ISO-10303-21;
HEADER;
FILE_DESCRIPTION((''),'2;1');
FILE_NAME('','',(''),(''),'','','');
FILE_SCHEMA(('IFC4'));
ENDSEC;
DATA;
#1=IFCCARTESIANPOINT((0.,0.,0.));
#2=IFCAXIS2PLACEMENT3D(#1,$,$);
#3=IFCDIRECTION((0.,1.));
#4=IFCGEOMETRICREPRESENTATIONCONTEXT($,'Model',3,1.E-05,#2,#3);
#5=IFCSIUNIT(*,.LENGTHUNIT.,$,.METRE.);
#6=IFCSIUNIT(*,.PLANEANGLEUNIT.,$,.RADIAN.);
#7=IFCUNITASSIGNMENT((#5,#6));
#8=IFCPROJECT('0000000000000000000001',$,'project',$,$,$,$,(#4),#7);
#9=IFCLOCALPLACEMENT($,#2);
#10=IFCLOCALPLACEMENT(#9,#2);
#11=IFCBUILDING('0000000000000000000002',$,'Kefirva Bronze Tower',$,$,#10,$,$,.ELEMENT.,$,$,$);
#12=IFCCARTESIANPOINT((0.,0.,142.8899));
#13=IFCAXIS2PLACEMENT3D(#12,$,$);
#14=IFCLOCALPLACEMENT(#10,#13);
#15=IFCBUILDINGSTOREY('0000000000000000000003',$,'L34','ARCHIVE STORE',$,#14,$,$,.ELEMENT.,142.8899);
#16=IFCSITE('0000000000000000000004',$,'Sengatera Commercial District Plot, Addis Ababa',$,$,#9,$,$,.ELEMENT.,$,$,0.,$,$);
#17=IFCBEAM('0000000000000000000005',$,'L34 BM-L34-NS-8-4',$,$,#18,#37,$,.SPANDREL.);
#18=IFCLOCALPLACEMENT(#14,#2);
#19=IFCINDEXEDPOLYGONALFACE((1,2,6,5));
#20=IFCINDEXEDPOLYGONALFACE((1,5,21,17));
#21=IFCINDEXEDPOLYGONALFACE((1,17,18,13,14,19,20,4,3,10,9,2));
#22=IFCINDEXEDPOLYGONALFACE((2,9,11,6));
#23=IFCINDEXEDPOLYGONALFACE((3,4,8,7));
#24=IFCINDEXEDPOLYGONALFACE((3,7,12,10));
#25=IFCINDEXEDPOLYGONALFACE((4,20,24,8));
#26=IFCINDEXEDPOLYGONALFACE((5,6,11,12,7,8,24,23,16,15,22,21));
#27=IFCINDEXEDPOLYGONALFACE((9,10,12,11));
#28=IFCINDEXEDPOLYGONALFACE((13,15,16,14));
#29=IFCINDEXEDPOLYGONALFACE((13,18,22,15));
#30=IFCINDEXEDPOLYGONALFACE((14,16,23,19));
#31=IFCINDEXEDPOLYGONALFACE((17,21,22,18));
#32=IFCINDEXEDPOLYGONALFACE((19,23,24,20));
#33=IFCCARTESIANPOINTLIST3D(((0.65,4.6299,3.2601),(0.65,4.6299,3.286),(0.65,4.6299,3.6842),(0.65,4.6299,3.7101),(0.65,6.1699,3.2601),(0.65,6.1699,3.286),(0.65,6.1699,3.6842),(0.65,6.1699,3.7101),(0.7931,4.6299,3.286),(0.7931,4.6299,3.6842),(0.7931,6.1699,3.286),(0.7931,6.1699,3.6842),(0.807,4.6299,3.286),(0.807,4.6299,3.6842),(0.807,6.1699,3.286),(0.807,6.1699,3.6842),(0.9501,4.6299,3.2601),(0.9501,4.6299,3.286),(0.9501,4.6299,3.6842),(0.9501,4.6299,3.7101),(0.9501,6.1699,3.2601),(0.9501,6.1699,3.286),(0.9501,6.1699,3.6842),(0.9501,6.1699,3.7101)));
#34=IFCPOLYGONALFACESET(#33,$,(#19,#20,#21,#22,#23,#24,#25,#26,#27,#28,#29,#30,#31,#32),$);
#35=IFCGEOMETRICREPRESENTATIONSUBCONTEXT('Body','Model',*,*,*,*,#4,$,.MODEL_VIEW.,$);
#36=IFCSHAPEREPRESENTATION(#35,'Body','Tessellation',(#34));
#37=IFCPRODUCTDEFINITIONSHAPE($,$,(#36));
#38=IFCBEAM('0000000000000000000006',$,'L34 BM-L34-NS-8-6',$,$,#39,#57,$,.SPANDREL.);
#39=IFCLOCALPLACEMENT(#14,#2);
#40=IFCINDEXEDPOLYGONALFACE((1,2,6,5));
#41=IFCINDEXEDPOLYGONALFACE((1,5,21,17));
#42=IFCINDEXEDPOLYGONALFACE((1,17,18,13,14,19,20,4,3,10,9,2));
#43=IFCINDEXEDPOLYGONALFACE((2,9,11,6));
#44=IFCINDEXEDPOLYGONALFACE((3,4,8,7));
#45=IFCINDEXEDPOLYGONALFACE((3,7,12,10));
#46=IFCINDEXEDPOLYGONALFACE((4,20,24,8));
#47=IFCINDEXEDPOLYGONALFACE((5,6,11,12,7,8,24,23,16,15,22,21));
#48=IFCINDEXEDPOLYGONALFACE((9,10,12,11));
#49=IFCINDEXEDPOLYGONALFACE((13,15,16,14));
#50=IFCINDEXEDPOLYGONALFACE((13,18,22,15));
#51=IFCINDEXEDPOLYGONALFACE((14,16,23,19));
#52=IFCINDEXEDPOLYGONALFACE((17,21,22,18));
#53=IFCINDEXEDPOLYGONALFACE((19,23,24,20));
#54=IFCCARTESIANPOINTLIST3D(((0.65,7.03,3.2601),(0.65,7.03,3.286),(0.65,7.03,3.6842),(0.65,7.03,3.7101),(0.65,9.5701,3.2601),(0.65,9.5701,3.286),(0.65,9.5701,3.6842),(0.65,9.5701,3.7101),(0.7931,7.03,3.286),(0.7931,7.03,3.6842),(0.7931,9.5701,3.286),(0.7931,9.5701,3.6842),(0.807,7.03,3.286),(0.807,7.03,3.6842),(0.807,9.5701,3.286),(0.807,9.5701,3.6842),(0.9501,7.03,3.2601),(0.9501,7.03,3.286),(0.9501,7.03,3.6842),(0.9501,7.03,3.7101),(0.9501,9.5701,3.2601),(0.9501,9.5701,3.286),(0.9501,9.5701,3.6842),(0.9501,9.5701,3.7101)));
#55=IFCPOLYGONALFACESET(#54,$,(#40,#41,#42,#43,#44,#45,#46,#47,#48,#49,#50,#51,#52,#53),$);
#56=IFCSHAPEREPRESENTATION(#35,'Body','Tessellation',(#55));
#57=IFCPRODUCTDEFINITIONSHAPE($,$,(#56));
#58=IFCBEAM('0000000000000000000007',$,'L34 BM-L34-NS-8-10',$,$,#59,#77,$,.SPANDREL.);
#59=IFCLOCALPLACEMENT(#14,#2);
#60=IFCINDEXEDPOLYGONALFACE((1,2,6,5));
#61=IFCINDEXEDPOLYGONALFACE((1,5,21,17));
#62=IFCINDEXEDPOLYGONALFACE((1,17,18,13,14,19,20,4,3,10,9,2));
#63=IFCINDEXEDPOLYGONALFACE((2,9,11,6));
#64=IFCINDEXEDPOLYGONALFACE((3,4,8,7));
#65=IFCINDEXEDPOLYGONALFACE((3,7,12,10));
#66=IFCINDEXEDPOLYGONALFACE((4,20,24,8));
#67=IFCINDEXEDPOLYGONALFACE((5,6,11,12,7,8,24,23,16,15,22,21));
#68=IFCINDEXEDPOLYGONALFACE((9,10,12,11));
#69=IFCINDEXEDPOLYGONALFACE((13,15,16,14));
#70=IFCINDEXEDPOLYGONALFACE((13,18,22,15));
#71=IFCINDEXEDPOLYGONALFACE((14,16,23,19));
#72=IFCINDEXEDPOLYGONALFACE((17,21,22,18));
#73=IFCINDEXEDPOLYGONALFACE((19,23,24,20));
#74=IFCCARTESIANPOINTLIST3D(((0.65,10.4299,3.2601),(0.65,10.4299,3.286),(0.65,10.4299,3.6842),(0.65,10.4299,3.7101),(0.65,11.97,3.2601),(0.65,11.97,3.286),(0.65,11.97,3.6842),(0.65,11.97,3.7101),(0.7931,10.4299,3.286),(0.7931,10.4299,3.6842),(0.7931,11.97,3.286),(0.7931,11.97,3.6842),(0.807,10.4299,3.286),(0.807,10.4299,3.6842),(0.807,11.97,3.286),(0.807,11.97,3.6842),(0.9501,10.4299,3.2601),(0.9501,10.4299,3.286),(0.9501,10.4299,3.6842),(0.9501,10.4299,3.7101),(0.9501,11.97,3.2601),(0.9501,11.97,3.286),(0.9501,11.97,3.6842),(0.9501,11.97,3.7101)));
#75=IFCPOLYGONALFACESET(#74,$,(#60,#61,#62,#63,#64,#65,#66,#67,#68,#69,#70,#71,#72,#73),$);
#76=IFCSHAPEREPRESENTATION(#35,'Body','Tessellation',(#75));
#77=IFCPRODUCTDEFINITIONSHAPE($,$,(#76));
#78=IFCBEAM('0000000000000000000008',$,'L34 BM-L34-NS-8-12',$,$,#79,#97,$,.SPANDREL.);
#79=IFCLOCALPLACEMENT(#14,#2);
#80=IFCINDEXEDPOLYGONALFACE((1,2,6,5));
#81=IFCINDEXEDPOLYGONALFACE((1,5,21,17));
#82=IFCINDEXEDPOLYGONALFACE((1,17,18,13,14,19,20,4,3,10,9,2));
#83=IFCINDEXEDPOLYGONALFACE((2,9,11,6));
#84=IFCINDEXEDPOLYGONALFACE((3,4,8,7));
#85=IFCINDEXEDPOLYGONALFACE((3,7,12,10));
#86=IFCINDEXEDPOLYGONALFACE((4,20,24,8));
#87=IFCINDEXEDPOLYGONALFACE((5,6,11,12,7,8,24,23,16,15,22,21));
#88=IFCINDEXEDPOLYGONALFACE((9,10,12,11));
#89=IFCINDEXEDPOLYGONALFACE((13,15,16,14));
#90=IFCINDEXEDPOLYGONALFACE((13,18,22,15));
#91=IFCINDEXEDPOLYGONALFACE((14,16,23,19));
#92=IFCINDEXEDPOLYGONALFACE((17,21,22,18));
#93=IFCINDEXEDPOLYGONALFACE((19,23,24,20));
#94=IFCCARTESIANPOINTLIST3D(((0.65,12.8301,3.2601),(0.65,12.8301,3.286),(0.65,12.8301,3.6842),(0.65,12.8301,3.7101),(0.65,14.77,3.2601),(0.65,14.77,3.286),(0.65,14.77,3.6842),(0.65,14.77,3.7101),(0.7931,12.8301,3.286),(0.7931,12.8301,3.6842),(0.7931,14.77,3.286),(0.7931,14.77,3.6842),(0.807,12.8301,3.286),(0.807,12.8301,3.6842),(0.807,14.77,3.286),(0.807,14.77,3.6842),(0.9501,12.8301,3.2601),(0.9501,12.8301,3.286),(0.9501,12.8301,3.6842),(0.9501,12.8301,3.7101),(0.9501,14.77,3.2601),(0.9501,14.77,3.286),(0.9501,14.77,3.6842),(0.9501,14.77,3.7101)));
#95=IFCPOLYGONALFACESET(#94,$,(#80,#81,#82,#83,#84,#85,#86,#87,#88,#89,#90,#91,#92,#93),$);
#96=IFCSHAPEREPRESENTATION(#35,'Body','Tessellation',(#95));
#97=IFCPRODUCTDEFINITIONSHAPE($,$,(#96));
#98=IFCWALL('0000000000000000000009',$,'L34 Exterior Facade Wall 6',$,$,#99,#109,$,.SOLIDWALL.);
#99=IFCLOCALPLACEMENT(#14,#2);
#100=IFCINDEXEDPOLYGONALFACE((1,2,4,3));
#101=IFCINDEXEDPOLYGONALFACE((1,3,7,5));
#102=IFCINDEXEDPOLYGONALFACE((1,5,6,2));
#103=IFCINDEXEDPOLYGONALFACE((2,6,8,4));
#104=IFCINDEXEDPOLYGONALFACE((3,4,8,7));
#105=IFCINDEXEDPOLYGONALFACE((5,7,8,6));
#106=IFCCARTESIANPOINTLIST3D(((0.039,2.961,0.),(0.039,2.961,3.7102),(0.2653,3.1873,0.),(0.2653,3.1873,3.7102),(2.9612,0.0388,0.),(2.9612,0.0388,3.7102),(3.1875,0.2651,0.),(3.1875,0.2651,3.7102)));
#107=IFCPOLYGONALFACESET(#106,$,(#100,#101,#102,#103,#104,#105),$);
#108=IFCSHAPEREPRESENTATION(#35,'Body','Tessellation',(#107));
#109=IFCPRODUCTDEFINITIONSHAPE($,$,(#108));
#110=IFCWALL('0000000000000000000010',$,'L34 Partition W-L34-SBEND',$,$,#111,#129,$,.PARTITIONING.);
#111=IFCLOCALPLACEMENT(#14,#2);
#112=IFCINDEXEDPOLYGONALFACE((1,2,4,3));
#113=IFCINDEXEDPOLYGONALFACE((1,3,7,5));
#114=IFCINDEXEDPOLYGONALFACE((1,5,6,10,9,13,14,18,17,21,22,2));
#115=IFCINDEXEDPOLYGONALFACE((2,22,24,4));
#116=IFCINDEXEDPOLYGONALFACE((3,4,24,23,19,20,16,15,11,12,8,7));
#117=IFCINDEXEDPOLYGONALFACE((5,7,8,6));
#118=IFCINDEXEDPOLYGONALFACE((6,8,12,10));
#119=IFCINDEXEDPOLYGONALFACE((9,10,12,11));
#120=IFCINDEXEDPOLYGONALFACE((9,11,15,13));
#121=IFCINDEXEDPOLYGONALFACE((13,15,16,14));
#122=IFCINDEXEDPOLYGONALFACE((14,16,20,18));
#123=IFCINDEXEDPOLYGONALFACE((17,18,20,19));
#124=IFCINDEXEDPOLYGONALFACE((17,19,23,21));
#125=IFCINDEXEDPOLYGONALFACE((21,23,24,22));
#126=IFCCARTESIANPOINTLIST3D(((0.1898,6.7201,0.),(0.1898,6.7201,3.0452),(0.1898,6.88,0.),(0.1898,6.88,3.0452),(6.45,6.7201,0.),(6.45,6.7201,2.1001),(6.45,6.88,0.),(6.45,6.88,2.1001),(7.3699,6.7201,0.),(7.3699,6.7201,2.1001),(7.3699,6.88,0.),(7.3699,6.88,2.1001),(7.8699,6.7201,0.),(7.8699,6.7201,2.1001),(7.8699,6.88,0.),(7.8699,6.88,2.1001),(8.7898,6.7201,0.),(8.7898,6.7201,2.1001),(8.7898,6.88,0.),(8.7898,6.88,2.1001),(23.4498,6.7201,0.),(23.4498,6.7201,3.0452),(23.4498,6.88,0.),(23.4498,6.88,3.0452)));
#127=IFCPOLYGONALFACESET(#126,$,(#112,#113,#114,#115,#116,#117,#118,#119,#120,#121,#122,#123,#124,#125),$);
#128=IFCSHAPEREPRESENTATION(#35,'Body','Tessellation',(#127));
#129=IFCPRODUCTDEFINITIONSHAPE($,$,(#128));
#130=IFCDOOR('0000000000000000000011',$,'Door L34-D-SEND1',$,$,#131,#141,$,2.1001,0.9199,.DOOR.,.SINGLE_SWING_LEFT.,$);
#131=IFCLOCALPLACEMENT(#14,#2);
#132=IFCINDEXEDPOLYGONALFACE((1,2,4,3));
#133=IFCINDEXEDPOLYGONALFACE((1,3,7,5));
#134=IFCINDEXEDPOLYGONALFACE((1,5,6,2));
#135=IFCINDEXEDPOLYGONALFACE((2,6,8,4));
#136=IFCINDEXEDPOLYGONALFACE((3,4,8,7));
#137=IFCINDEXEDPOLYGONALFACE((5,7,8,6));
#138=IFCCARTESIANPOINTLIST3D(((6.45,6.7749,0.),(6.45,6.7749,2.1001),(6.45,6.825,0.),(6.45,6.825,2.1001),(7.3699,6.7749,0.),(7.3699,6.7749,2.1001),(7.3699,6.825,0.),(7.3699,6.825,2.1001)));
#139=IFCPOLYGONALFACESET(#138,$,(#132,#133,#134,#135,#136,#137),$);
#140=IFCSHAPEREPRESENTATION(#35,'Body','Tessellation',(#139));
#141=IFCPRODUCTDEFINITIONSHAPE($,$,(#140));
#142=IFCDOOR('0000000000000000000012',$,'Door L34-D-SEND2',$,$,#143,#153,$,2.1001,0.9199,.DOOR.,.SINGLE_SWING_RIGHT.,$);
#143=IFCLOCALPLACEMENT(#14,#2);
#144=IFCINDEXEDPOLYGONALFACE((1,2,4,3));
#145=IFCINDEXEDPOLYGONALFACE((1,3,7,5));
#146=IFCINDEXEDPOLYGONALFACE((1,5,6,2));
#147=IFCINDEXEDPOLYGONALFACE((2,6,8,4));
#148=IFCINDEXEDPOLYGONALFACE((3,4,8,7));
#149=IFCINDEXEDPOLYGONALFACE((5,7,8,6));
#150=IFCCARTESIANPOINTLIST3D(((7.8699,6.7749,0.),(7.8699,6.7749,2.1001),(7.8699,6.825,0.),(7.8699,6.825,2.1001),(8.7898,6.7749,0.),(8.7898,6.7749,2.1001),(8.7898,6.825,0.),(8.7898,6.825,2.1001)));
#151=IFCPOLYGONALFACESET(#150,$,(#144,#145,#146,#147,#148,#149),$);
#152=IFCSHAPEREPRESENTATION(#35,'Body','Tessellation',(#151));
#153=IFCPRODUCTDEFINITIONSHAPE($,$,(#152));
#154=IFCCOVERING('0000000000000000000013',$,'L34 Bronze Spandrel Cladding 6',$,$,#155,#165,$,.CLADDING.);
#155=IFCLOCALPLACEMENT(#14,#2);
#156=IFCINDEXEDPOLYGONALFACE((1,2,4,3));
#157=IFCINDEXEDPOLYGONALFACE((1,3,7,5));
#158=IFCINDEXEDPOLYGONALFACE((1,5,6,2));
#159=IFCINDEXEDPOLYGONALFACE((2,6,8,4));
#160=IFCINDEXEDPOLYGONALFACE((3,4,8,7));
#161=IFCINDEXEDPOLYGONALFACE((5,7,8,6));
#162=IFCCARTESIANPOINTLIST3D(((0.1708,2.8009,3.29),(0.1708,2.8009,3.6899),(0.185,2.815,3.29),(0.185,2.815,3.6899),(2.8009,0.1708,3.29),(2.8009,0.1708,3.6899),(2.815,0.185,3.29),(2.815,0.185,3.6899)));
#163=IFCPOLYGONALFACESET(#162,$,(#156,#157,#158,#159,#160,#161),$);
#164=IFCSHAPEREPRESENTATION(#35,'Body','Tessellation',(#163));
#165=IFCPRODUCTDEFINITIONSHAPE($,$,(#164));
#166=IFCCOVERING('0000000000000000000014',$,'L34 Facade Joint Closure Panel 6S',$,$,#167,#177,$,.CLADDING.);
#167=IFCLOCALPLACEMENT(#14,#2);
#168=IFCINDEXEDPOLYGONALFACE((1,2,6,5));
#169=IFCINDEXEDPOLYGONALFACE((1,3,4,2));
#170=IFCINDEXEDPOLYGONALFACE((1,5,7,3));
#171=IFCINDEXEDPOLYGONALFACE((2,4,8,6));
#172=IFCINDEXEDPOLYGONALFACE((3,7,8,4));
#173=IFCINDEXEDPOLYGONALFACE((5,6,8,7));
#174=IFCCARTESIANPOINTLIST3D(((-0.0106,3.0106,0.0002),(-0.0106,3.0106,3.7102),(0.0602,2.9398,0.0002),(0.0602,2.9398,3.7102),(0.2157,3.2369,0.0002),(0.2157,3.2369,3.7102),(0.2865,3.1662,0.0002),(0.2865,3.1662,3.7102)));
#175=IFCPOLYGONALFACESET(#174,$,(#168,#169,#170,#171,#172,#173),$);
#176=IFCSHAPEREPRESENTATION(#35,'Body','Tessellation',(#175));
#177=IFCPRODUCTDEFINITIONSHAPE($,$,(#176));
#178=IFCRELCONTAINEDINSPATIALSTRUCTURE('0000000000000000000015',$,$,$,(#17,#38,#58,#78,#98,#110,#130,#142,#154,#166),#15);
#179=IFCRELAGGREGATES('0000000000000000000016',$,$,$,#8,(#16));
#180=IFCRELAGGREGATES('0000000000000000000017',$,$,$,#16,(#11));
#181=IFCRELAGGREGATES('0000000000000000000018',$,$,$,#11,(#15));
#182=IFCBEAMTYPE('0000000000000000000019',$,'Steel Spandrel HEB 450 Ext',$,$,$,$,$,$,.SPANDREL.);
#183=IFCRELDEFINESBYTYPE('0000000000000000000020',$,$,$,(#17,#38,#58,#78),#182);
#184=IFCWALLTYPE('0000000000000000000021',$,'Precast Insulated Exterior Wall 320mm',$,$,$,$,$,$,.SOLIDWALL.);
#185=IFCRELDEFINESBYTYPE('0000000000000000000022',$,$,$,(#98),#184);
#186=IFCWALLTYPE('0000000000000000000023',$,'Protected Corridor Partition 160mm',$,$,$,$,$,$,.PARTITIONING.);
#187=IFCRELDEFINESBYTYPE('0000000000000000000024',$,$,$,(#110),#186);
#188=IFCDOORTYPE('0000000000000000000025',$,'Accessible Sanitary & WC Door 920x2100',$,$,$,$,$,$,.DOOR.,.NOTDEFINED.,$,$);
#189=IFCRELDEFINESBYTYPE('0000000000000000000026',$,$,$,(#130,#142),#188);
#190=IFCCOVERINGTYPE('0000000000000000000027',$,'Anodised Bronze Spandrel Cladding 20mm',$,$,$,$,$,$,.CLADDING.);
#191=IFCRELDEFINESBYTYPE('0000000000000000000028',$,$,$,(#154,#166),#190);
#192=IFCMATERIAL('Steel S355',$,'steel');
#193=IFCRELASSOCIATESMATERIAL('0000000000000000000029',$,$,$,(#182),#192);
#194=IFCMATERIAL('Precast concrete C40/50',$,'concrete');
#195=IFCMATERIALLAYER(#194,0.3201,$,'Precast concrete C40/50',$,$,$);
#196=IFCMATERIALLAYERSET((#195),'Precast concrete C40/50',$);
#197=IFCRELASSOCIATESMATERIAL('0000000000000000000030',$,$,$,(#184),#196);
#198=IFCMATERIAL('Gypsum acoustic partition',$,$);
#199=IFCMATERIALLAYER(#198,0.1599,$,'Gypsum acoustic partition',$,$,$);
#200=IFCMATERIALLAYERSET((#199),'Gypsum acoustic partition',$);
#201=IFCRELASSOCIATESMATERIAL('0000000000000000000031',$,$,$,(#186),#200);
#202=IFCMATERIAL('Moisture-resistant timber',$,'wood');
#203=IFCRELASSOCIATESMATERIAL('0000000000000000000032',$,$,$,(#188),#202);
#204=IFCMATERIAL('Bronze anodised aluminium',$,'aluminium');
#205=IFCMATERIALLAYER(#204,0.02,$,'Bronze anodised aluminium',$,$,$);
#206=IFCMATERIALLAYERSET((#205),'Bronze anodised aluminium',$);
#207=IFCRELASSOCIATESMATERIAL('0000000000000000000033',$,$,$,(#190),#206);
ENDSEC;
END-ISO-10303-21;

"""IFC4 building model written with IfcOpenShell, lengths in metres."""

from ifc_helpers import new_model, si_unit, direction, frame, frame_2d, origin, origin_2d, place, context, subcontext, project, spatial, rectangle, i_section, extrude, material, layer, layer_set, material_profile, profile_set, type_object, element, fill, save


model = new_model("IFC4")

# Units and contexts
model_context = context("Model", 3, precision=1e-05, world=origin(), true_north=direction((0.0, 1.0)))
body_context = subcontext(model_context, "Body", "Model", "MODEL_VIEW")
ifc_project = project(units=[si_unit("LENGTHUNIT", "METRE"), si_unit("PLANEANGLEUNIT", "RADIAN")], contexts=[model_context])

# Site, building, storey
site_placement = place(None, origin())
site = spatial("IfcSite", under=ifc_project, at=site_placement, Name="Sengatera Commercial District Plot, Addis Ababa", CompositionType="ELEMENT", RefElevation=0.0)
building_placement = place(site_placement, origin())
building = spatial("IfcBuilding", under=site, at=building_placement, Name="Kefirva Bronze Tower", CompositionType="ELEMENT")
storey_placement = place(building_placement, frame((0.0, 0.0, 142.8899)))
storey = spatial("IfcBuildingStorey", under=building, at=storey_placement, Name="L34", Description="ARCHIVE STORE", CompositionType="ELEMENT", Elevation=142.8899)

# Shared definitions
ifc_material_1 = material(Name="Bronze anodised aluminium", Category="aluminium")

# Beams
ifc_material_2 = material(Name="Steel S355", Category="steel")
ifc_material_profile_1 = material_profile(ifc_material_2, i_section(OverallWidth=0.3, OverallDepth=0.45, WebThickness=0.0139, FlangeThickness=0.0259, at=origin_2d()), Name="HEB 450")
ifc_profile_set_1 = profile_set([ifc_material_profile_1], Name="Steel S355")
beam_type_1 = type_object("IfcBeamType", Name="Steel Spandrel HEB 450 Ext", PredefinedType="SPANDREL", material=ifc_profile_set_1)
beam_1_placement = place(storey_placement, frame((0.8, 4.6299, 3.4851), z_axis=(0.0, 1.0, 0.0), x_axis=(-1.0, 0.0, 0.0)))
element("IfcBeam", 1, at=beam_1_placement, inside=storey, type_object=beam_type_1, Name="L34 BM-L34-NS-8-4", PredefinedType="SPANDREL", context=body_context, shape_type="SweptSolid", body=[
    extrude(i_section(OverallWidth=0.3, OverallDepth=0.45, WebThickness=0.0139, FlangeThickness=0.0259, at=origin_2d()), origin(), (0.0, 0.0, 1.0), 1.54),
])
beam_2_placement = place(storey_placement, frame((0.8, 7.03, 3.4851), z_axis=(0.0, 1.0, 0.0), x_axis=(-1.0, 0.0, 0.0)))
element("IfcBeam", 2, at=beam_2_placement, inside=storey, type_object=beam_type_1, Name="L34 BM-L34-NS-8-6", PredefinedType="SPANDREL", context=body_context, shape_type="SweptSolid", body=[
    extrude(i_section(OverallWidth=0.3, OverallDepth=0.45, WebThickness=0.0139, FlangeThickness=0.0259, at=origin_2d()), origin(), (0.0, 0.0, 1.0), 2.54),
])
beam_3_placement = place(storey_placement, frame((0.8, 10.4299, 3.4851), z_axis=(0.0, 1.0, 0.0), x_axis=(-1.0, 0.0, 0.0)))
element("IfcBeam", 3, at=beam_3_placement, inside=storey, type_object=beam_type_1, Name="L34 BM-L34-NS-8-10", PredefinedType="SPANDREL", context=body_context, shape_type="SweptSolid", body=[
    extrude(i_section(OverallWidth=0.3, OverallDepth=0.45, WebThickness=0.0139, FlangeThickness=0.0259, at=origin_2d()), origin(), (0.0, 0.0, 1.0), 1.54),
])
beam_4_placement = place(storey_placement, frame((0.8, 12.8301, 3.4851), z_axis=(0.0, 1.0, 0.0), x_axis=(-1.0, 0.0, 0.0)))
element("IfcBeam", 4, at=beam_4_placement, inside=storey, type_object=beam_type_1, Name="L34 BM-L34-NS-8-12", PredefinedType="SPANDREL", context=body_context, shape_type="SweptSolid", body=[
    extrude(i_section(OverallWidth=0.3, OverallDepth=0.45, WebThickness=0.0139, FlangeThickness=0.0259, at=origin_2d()), origin(), (0.0, 0.0, 1.0), 1.9399),
])

# Wall
ifc_material_3 = material(Name="Precast concrete C40/50", Category="concrete")
ifc_layer_1 = layer(ifc_material_3, 0.3201, Name="Precast concrete C40/50")
ifc_layer_set_1 = layer_set([ifc_layer_1], Name="Precast concrete C40/50")
wall_type_1 = type_object("IfcWallType", Name="Precast Insulated Exterior Wall 320mm", PredefinedType="SOLIDWALL", material=ifc_layer_set_1)
wall_1_placement = place(storey_placement, frame((0.1521, 3.0742, 0.0), z_axis=(0.0, 0.0, 1.0), x_axis=(0.707107, -0.707107, 0.0)))
element("IfcWall", 5, at=wall_1_placement, inside=storey, type_object=wall_type_1, Name="L34 Exterior Facade Wall 6", PredefinedType="SOLIDWALL", context=body_context, shape_type="SweptSolid", body=[
    extrude(rectangle(XDim=4.1326, YDim=0.3201, at=frame_2d((2.0664, 0.0))), origin(), (0.0, 0.0, 1.0), 3.7102),
])

# Wall, openings, doors
ifc_material_4 = material(Name="Gypsum acoustic partition")
ifc_layer_2 = layer(ifc_material_4, 0.1599, Name="Gypsum acoustic partition")
ifc_layer_set_2 = layer_set([ifc_layer_2], Name="Gypsum acoustic partition")
wall_type_2 = type_object("IfcWallType", Name="Protected Corridor Partition 160mm", PredefinedType="PARTITIONING", material=ifc_layer_set_2)
wall_2_placement = place(storey_placement, frame((0.1899, 6.8, 0.0), z_axis=(0.0, 0.0, 1.0), x_axis=(1.0, 0.0, 0.0)))
wall_2 = element("IfcWall", 6, at=wall_2_placement, inside=storey, type_object=wall_type_2, Name="L34 Partition W-L34-SBEND", PredefinedType="PARTITIONING", context=body_context, shape_type="SweptSolid", body=[
    extrude(rectangle(XDim=23.26, YDim=0.1599, at=frame_2d((11.6299, 0.0))), origin(), (0.0, 0.0, 1.0), 3.0452),
])
opening_1_placement = place(wall_2_placement, frame((6.26, 0.0, 0.0)))
opening_1 = element("IfcOpeningElement", 7, at=opening_1_placement, cuts=wall_2, PredefinedType="OPENING", context=body_context, shape_type="SweptSolid", body=[
    extrude(rectangle(XDim=0.9199, YDim=2.1001, at=frame_2d((0.46, 1.05))), frame((0.0, 0.0898, 0.0), z_axis=(0.0, -1.0, 0.0), x_axis=(1.0, 0.0, 0.0)), (0.0, 0.0, 1.0), 0.1799),
])
opening_2_placement = place(wall_2_placement, frame((7.6799, 0.0, 0.0)))
opening_2 = element("IfcOpeningElement", 8, at=opening_2_placement, cuts=wall_2, PredefinedType="OPENING", context=body_context, shape_type="SweptSolid", body=[
    extrude(rectangle(XDim=0.9199, YDim=2.1001, at=frame_2d((0.46, 1.05))), frame((0.0, 0.0898, 0.0), z_axis=(0.0, -1.0, 0.0), x_axis=(1.0, 0.0, 0.0)), (0.0, 0.0, 1.0), 0.1799),
])
ifc_material_5 = material(Name="Moisture-resistant timber", Category="wood")
door_type = type_object("IfcDoorType", Name="Accessible Sanitary & WC Door 920x2100", OperationType="NOTDEFINED", PredefinedType="DOOR", material=ifc_material_5)
door_1_placement = place(opening_1_placement, origin())
door_1 = element("IfcDoor", 9, at=door_1_placement, inside=storey, type_object=door_type, Name="Door L34-D-SEND1", OperationType="SINGLE_SWING_LEFT", OverallHeight=2.1001, OverallWidth=0.9199, PredefinedType="DOOR", context=body_context, shape_type="SweptSolid", body=[
    extrude(rectangle(XDim=0.9199, YDim=2.1001, at=frame_2d((0.46, 1.05))), frame((0.0, 0.0249, 0.0), z_axis=(0.0, -1.0, 0.0), x_axis=(1.0, 0.0, 0.0)), (0.0, 0.0, 1.0), 0.05),
])
fill(opening_1, door_1)
door_2_placement = place(opening_2_placement, origin())
door_2 = element("IfcDoor", 10, at=door_2_placement, inside=storey, type_object=door_type, Name="Door L34-D-SEND2", OperationType="SINGLE_SWING_RIGHT", OverallHeight=2.1001, OverallWidth=0.9199, PredefinedType="DOOR", context=body_context, shape_type="SweptSolid", body=[
    extrude(rectangle(XDim=0.9199, YDim=2.1001, at=frame_2d((0.46, 1.05))), frame((0.0, 0.0249, 0.0), z_axis=(0.0, -1.0, 0.0), x_axis=(1.0, 0.0, 0.0)), (0.0, 0.0, 1.0), 0.05),
])
fill(opening_2, door_2)

# Coverings
ifc_layer_3 = layer(ifc_material_1, 0.02, Name="Bronze anodised aluminium")
ifc_layer_set_3 = layer_set([ifc_layer_3], Name="Bronze anodised aluminium")
covering_type_1 = type_object("IfcCoveringType", Name="Anodised Bronze Spandrel Cladding 20mm", PredefinedType="CLADDING", material=ifc_layer_set_3)
covering_1_placement = place(storey_placement, frame((1.4929, 1.4929, 3.29), z_axis=(0.0, 0.0, 1.0), x_axis=(0.707107, -0.707107, 0.0)))
element("IfcCovering", 11, at=covering_1_placement, inside=storey, type_object=covering_type_1, Name="L34 Bronze Spandrel Cladding 6", PredefinedType="CLADDING", context=body_context, shape_type="SweptSolid", body=[
    extrude(rectangle(XDim=3.7195, YDim=0.02, at=origin_2d()), origin(), (0.0, 0.0, 1.0), 0.3999),
])
for number, where, z_axis, x_axis, name in (
    (12, (0.1379, 3.0884, 0.0002), (0.0, 0.0, 1.0), (0.707107, -0.707107, 0.0), "L34 Facade Joint Closure Panel 6S"),
):
    element("IfcCovering", number, at=place(storey_placement, frame(where, z_axis=z_axis, x_axis=x_axis)), inside=storey, type_object=covering_type_1, Name=name, PredefinedType="CLADDING", context=body_context, shape_type="SweptSolid", body=[
        extrude(rectangle(XDim=0.1001, YDim=0.3201, at=origin_2d()), origin(), (0.0, 0.0, 1.0), 3.71),
    ])

save(model, "model.ifc")
